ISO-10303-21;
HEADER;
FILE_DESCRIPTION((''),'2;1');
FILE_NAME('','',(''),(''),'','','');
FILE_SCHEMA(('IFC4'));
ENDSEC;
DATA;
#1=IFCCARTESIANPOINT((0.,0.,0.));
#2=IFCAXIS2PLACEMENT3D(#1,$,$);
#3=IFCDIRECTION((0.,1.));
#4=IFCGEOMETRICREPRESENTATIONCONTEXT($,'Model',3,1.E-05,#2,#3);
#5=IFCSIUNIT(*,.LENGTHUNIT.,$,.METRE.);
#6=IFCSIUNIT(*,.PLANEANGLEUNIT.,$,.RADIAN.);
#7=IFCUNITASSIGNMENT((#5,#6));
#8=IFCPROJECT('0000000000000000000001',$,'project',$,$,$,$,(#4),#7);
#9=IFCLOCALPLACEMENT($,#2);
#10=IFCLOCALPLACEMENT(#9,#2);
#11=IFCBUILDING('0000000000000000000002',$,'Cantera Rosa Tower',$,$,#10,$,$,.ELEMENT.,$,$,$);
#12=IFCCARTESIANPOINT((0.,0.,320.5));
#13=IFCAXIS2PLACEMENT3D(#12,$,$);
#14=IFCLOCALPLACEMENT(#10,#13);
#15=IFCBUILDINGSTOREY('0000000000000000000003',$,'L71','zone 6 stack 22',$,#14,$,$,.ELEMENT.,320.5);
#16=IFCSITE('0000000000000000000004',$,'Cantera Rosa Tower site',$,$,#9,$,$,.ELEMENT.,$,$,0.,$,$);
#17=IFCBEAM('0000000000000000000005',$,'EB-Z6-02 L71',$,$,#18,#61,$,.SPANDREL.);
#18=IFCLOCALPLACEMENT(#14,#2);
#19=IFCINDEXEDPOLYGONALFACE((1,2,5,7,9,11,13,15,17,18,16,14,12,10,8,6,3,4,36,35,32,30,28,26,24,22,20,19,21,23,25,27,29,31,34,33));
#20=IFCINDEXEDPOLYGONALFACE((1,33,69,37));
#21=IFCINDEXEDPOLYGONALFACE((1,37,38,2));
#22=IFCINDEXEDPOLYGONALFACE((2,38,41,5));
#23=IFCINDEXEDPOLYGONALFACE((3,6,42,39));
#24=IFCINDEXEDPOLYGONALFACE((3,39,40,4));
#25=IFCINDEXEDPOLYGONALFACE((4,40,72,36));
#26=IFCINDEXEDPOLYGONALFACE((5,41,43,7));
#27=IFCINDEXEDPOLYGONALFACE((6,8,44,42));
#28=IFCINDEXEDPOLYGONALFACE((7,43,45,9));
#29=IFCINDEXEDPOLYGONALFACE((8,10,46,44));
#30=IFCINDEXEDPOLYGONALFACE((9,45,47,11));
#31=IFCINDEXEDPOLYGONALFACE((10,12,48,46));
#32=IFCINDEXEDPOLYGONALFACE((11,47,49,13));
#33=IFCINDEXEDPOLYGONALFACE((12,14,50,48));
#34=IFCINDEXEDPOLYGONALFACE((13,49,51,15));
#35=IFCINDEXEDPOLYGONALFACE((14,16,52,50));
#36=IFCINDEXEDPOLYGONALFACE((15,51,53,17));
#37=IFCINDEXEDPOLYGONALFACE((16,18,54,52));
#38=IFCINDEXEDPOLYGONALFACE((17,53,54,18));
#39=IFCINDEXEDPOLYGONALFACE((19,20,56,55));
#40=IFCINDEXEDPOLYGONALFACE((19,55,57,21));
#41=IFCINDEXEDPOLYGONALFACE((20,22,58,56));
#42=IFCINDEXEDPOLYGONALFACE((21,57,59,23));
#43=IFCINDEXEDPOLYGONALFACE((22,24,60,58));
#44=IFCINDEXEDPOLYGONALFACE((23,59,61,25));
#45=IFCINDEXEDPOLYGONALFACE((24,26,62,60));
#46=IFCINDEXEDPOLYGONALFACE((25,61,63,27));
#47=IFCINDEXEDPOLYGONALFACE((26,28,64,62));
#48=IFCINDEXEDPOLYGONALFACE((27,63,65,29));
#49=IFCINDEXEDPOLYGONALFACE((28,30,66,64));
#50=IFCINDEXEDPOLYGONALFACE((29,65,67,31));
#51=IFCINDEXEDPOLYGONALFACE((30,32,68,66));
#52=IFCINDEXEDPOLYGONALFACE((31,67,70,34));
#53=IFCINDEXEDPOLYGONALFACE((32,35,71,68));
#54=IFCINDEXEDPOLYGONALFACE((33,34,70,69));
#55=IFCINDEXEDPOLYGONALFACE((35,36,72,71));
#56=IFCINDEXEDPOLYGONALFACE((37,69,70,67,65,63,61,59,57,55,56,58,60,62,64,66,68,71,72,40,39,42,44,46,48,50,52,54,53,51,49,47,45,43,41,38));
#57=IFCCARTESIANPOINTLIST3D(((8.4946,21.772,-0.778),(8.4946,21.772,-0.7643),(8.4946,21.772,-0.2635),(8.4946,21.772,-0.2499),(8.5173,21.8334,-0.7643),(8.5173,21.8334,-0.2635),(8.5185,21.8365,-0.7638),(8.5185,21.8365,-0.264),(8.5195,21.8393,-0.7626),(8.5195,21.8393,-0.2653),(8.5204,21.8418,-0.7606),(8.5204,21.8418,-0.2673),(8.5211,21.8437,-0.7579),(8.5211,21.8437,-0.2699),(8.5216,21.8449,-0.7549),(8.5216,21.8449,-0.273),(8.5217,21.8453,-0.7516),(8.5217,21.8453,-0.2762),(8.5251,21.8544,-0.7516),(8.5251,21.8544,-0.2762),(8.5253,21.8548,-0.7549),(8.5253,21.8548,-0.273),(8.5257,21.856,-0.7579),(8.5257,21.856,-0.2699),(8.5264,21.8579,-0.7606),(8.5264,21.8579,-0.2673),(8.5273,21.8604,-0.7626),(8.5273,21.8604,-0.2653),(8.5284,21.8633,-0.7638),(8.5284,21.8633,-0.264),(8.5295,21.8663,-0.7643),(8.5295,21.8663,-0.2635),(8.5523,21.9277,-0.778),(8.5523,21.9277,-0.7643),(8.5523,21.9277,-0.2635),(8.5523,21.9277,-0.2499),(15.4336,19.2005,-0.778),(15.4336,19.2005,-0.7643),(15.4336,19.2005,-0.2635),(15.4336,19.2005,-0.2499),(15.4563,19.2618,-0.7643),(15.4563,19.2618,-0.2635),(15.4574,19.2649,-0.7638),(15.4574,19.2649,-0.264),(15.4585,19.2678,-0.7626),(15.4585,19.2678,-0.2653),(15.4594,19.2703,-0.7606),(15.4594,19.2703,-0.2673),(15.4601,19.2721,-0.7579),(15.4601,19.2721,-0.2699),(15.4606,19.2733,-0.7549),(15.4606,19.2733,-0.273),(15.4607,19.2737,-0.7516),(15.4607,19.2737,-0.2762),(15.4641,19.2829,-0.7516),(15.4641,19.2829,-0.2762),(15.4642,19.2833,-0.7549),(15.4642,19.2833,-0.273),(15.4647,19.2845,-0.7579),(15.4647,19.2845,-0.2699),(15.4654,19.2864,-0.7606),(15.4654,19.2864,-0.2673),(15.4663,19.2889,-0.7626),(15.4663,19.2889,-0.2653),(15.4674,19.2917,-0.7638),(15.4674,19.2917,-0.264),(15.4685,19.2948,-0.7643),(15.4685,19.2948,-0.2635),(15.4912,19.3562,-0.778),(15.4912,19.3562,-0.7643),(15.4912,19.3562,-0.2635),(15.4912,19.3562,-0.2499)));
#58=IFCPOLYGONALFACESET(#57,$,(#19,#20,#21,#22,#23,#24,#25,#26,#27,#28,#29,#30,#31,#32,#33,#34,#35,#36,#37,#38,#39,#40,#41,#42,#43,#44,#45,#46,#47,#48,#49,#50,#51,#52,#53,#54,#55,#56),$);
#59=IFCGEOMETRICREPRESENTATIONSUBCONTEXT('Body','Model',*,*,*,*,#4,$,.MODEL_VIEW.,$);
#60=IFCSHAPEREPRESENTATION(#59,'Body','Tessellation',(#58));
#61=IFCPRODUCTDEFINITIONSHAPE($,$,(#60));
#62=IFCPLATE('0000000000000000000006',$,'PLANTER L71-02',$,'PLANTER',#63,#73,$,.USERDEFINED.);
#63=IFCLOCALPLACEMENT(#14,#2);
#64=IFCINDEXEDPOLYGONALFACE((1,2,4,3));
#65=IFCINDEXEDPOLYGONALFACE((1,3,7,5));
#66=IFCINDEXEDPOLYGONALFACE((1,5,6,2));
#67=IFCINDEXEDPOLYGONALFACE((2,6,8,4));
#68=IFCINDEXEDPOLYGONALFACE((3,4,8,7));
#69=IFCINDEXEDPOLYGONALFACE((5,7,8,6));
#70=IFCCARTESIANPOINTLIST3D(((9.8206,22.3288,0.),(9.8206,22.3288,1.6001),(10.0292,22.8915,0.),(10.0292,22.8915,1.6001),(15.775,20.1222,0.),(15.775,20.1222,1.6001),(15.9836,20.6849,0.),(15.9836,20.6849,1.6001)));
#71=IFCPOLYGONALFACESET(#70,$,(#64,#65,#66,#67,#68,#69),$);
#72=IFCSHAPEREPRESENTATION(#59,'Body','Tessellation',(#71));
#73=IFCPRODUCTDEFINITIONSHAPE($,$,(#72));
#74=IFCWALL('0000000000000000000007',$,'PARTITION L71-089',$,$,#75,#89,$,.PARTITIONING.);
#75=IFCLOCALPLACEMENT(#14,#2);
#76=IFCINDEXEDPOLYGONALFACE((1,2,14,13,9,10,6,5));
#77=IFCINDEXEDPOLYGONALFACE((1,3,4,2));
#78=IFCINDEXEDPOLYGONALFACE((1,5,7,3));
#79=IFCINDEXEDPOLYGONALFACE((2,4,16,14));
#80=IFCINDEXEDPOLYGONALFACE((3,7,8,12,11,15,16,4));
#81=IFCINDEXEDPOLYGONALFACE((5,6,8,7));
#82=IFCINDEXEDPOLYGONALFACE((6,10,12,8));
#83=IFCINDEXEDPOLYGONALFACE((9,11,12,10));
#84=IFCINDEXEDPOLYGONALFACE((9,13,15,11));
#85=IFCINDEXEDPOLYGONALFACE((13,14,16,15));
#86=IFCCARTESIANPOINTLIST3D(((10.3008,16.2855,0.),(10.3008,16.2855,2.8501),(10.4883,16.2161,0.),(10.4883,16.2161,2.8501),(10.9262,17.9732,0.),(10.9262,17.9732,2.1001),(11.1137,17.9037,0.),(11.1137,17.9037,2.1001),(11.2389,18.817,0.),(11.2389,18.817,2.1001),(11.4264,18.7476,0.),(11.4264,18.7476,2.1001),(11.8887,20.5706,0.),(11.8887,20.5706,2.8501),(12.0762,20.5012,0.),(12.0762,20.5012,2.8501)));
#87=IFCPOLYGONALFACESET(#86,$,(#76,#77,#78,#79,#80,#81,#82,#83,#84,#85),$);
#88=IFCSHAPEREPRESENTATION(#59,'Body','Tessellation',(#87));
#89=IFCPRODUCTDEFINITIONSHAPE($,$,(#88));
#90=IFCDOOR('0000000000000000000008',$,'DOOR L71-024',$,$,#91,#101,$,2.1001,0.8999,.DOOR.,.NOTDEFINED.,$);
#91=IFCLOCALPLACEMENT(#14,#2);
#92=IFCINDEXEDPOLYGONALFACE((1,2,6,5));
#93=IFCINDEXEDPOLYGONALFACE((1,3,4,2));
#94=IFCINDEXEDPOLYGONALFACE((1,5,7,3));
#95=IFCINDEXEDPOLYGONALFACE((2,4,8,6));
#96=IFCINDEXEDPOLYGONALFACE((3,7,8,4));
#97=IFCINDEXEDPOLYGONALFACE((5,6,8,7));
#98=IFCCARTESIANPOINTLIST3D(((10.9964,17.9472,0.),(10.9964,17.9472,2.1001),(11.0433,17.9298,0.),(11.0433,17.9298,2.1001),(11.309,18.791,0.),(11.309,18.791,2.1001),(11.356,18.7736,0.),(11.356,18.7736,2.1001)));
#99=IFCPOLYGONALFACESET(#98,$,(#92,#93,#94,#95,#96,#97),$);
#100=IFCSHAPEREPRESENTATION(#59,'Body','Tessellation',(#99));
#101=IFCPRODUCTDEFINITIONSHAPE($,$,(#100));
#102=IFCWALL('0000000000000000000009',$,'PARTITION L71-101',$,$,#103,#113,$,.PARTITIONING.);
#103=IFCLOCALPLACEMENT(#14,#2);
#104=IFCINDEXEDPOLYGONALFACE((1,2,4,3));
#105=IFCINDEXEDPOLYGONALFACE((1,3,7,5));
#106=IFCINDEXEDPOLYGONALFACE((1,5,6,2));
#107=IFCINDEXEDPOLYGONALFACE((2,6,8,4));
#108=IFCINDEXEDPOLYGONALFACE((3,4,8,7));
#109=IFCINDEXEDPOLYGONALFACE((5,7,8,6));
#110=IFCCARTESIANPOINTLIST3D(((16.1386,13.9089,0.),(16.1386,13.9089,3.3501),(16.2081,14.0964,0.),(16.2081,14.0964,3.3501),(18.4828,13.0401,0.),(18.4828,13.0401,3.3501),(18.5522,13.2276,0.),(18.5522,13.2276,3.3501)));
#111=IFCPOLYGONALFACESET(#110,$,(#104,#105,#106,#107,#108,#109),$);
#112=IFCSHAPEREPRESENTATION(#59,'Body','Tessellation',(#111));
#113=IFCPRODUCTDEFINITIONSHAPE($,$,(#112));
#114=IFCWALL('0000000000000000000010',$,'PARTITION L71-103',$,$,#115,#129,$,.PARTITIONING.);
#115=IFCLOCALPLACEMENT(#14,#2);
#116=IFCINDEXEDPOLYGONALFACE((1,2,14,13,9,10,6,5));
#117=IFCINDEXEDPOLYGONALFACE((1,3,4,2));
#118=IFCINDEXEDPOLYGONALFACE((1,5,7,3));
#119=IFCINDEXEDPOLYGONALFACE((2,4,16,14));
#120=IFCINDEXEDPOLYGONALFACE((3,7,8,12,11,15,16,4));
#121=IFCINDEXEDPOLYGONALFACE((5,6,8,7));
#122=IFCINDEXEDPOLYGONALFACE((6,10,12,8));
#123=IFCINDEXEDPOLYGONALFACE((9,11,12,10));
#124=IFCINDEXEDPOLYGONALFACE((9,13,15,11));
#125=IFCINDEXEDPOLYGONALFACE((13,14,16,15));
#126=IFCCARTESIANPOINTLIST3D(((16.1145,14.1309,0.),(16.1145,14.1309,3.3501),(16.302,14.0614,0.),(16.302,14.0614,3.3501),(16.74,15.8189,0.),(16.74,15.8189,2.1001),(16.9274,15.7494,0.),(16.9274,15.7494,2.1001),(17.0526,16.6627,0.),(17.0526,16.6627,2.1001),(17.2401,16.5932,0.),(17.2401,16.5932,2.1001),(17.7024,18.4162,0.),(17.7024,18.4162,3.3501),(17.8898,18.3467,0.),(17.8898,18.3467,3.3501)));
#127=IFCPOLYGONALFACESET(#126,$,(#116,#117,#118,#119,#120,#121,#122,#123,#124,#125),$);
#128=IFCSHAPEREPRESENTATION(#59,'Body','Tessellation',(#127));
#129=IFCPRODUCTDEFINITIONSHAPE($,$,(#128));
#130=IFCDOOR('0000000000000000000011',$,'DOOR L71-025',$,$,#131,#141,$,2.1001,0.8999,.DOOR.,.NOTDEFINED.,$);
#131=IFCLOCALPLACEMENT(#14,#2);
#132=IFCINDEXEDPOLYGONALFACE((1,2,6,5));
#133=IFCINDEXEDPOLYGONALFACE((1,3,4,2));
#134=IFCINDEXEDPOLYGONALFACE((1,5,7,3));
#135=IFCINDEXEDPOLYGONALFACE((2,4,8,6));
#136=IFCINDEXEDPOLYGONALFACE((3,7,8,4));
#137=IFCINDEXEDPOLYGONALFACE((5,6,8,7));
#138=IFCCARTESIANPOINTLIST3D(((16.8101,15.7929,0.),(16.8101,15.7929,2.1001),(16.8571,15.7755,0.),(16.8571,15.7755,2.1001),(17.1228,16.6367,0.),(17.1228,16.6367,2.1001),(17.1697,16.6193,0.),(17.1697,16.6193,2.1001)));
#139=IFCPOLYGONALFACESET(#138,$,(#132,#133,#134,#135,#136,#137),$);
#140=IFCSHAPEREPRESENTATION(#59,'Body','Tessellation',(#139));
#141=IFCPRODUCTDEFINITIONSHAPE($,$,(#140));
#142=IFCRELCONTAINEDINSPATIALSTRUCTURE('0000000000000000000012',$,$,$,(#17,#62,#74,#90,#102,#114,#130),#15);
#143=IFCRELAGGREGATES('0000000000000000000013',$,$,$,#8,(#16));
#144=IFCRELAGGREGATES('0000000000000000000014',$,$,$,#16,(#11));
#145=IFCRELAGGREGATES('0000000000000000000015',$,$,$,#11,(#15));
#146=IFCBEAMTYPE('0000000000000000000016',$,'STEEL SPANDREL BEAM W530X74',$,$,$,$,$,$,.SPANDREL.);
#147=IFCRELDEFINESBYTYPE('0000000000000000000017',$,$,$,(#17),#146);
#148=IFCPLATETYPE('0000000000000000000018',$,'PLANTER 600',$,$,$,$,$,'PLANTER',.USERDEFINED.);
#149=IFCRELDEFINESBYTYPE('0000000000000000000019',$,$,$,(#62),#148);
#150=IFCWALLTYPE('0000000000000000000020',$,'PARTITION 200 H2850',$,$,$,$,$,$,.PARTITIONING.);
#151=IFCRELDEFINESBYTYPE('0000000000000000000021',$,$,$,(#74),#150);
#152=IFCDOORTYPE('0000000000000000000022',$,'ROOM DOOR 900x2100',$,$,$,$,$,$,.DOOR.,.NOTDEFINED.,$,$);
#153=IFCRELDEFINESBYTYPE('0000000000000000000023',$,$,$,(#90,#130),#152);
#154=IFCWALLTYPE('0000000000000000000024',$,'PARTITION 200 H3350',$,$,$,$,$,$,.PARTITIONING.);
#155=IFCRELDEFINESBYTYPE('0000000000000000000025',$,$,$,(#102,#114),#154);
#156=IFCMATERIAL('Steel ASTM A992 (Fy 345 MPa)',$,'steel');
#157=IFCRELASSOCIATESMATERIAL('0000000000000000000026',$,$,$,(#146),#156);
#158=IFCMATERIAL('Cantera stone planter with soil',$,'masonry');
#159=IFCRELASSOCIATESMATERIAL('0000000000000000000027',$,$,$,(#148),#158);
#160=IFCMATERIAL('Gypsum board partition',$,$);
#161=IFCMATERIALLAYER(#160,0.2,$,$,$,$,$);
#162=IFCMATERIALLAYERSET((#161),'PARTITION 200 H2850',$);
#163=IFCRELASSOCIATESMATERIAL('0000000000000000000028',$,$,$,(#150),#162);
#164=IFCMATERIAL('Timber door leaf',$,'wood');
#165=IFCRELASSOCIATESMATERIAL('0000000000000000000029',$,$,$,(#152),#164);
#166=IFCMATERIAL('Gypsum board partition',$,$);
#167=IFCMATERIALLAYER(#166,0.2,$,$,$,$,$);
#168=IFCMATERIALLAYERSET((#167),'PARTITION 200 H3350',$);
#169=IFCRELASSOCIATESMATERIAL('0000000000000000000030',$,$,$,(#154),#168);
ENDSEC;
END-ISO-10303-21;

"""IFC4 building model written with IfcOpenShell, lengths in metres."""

from ifc_helpers import new_model, si_unit, direction, frame, frame_2d, origin, origin_2d, place, context, subcontext, project, spatial, rectangle, i_section, extrude, material, layer, layer_set, material_profile, profile_set, type_object, element, fill, save


model = new_model("IFC4")

# Units and contexts
model_context = context("Model", 3, precision=1e-05, world=origin(), true_north=direction((0.0, 1.0)))
body_context = subcontext(model_context, "Body", "Model", "MODEL_VIEW")
ifc_project = project(units=[si_unit("LENGTHUNIT", "METRE"), si_unit("PLANEANGLEUNIT", "RADIAN")], contexts=[model_context])

# Site, building, storey
site_placement = place(None, origin())
site = spatial("IfcSite", under=ifc_project, at=site_placement, Name="Cantera Rosa Tower site", CompositionType="ELEMENT", RefElevation=0.0)
building_placement = place(site_placement, origin())
building = spatial("IfcBuilding", under=site, at=building_placement, Name="Cantera Rosa Tower", CompositionType="ELEMENT")
storey_placement = place(building_placement, frame((0.0, 0.0, 320.5)))
storey = spatial("IfcBuildingStorey", under=building, at=storey_placement, Name="L71", Description="zone 6 stack 22", CompositionType="ELEMENT", Elevation=320.5)

# Beam
ifc_material_1 = material(Name="Steel ASTM A992 (Fy 345 MPa)", Category="steel")
ifc_material_profile_1 = material_profile(ifc_material_1, i_section(OverallWidth=0.166, OverallDepth=0.5281, WebThickness=0.0098, FlangeThickness=0.0137, FilletRadius=0.0127, at=origin_2d()), Name="W530X74")
ifc_profile_set_1 = profile_set([ifc_material_profile_1], Name="Steel ASTM A992 (Fy 345 MPa)")
beam_type_1 = type_object("IfcBeamType", Name="STEEL SPANDREL BEAM W530X74", PredefinedType="SPANDREL", material=ifc_profile_set_1)
beam_1_placement = place(storey_placement, frame((15.4624, 19.2783, -0.5139), z_axis=(-0.937681, 0.347498, 0.0), x_axis=(-0.347498, -0.937681, 0.0)))
element("IfcBeam", 1, at=beam_1_placement, inside=storey, type_object=beam_type_1, Name="EB-Z6-02 L71", PredefinedType="SPANDREL", context=body_context, shape_type="SweptSolid", body=[
    extrude(i_section(OverallWidth=0.166, OverallDepth=0.5281, WebThickness=0.0098, FlangeThickness=0.0137, FilletRadius=0.0127, at=origin_2d()), origin(), (0.0, 0.0, 1.0), 7.4001),
])

# Plate
ifc_material_2 = material(Name="Cantera stone planter with soil", Category="masonry")
plate_type = type_object("IfcPlateType", Name="PLANTER 600", ElementType="PLANTER", PredefinedType="USERDEFINED", material=ifc_material_2)
plate_placement = place(storey_placement, frame((12.9021, 21.5068, 0.0), z_axis=(0.0, 0.0, 1.0), x_axis=(-0.937687, 0.347481, 0.0)))
element("IfcPlate", 2, at=plate_placement, inside=storey, type_object=plate_type, Name="PLANTER L71-02", ObjectType="PLANTER", PredefinedType="USERDEFINED", context=body_context, shape_type="SweptSolid", body=[
    extrude(rectangle(XDim=6.3501, YDim=0.6001, at=origin_2d()), origin(), (0.0, 0.0, 1.0), 1.6001),
])

# Wall, opening, door
ifc_material_3 = material(Name="Gypsum board partition")
ifc_layer_1 = layer(ifc_material_3, 0.2)
ifc_layer_set_1 = layer_set([ifc_layer_1], Name="PARTITION 200 H2850")
wall_type_1 = type_object("IfcWallType", Name="PARTITION 200 H2850", PredefinedType="PARTITIONING", material=ifc_layer_set_1)
wall_1_placement = place(storey_placement, frame((11.9824, 20.5359, 0.0), z_axis=(0.0, 0.0, 1.0), x_axis=(-0.347467, -0.937692, 0.0)))
wall_1 = element("IfcWall", 3, at=wall_1_placement, inside=storey, type_object=wall_type_1, Name="PARTITION L71-089", PredefinedType="PARTITIONING", context=body_context, shape_type="SweptSolid", body=[
    extrude(rectangle(XDim=4.5698, YDim=0.2, at=frame_2d((2.2849, 0.0))), origin(), (0.0, 0.0, 1.0), 2.8501),
])
opening_1_placement = place(wall_1_placement, frame((1.8701, 0.0, 0.0)))
opening_1 = element("IfcOpeningElement", 4, at=opening_1_placement, cuts=wall_1, PredefinedType="OPENING", context=body_context, shape_type="SweptSolid", body=[
    extrude(rectangle(XDim=0.8999, YDim=2.1001, at=frame_2d((0.45, 1.05))), frame((0.0, 0.1099, 0.0), z_axis=(0.0, -1.0, 0.0), x_axis=(1.0, 0.0, 0.0)), (0.0, 0.0, 1.0), 0.22),
])
ifc_material_4 = material(Name="Timber door leaf", Category="wood")
door_type_1 = type_object("IfcDoorType", Name="ROOM DOOR 900x2100", OperationType="NOTDEFINED", PredefinedType="DOOR", material=ifc_material_4)
door_1_placement = place(opening_1_placement, origin())
door_1 = element("IfcDoor", 5, at=door_1_placement, inside=storey, type_object=door_type_1, Name="DOOR L71-024", OperationType="NOTDEFINED", OverallHeight=2.1001, OverallWidth=0.8999, PredefinedType="DOOR", context=body_context, shape_type="SweptSolid", body=[
    extrude(rectangle(XDim=0.8999, YDim=2.1001, at=frame_2d((0.45, 1.05))), frame((0.0, 0.0249, 0.0), z_axis=(0.0, -1.0, 0.0), x_axis=(1.0, 0.0, 0.0)), (0.0, 0.0, 1.0), 0.05),
])
fill(opening_1, door_1)

# Wall
ifc_material_5 = material(Name="Gypsum board partition")
ifc_layer_2 = layer(ifc_material_5, 0.2)
ifc_layer_set_2 = layer_set([ifc_layer_2], Name="PARTITION 200 H3350")
wall_type_2 = type_object("IfcWallType", Name="PARTITION 200 H3350", PredefinedType="PARTITIONING", material=ifc_layer_set_2)
wall_2_placement = place(storey_placement, frame((16.1733, 14.0027, 0.0), z_axis=(0.0, 0.0, 1.0), x_axis=(0.937663, -0.347547, 0.0)))
element("IfcWall", 6, at=wall_2_placement, inside=storey, type_object=wall_type_2, Name="PARTITION L71-101", PredefinedType="PARTITIONING", context=body_context, shape_type="SweptSolid", body=[
    extrude(rectangle(XDim=2.5, YDim=0.2, at=frame_2d((1.25, 0.0))), origin(), (0.0, 0.0, 1.0), 3.3501),
])

# Wall, opening, door
wall_3_placement = place(storey_placement, frame((17.7961, 18.3816, 0.0), z_axis=(0.0, 0.0, 1.0), x_axis=(-0.34745, -0.937698, 0.0)))
wall_3 = element("IfcWall", 7, at=wall_3_placement, inside=storey, type_object=wall_type_2, Name="PARTITION L71-103", PredefinedType="PARTITIONING", context=body_context, shape_type="SweptSolid", body=[
    extrude(rectangle(XDim=4.5701, YDim=0.2, at=frame_2d((2.2852, 0.0))), origin(), (0.0, 0.0, 1.0), 3.3501),
])
opening_2_placement = place(wall_3_placement, frame((1.8701, 0.0, 0.0)))
opening_2 = element("IfcOpeningElement", 8, at=opening_2_placement, cuts=wall_3, PredefinedType="OPENING", context=body_context, shape_type="SweptSolid", body=[
    extrude(rectangle(XDim=0.8999, YDim=2.1001, at=frame_2d((0.45, 1.05))), frame((0.0, 0.1099, 0.0), z_axis=(0.0, -1.0, 0.0), x_axis=(1.0, 0.0, 0.0)), (0.0, 0.0, 1.0), 0.22),
])
door_2_placement = place(opening_2_placement, origin())
door_2 = element("IfcDoor", 9, at=door_2_placement, inside=storey, type_object=door_type_1, Name="DOOR L71-025", OperationType="NOTDEFINED", OverallHeight=2.1001, OverallWidth=0.8999, PredefinedType="DOOR", context=body_context, shape_type="SweptSolid", body=[
    extrude(rectangle(XDim=0.8999, YDim=2.1001, at=frame_2d((0.45, 1.05))), frame((0.0, 0.0249, 0.0), z_axis=(0.0, -1.0, 0.0), x_axis=(1.0, 0.0, 0.0)), (0.0, 0.0, 1.0), 0.05),
])
fill(opening_2, door_2)

save(model, "model.ifc")
